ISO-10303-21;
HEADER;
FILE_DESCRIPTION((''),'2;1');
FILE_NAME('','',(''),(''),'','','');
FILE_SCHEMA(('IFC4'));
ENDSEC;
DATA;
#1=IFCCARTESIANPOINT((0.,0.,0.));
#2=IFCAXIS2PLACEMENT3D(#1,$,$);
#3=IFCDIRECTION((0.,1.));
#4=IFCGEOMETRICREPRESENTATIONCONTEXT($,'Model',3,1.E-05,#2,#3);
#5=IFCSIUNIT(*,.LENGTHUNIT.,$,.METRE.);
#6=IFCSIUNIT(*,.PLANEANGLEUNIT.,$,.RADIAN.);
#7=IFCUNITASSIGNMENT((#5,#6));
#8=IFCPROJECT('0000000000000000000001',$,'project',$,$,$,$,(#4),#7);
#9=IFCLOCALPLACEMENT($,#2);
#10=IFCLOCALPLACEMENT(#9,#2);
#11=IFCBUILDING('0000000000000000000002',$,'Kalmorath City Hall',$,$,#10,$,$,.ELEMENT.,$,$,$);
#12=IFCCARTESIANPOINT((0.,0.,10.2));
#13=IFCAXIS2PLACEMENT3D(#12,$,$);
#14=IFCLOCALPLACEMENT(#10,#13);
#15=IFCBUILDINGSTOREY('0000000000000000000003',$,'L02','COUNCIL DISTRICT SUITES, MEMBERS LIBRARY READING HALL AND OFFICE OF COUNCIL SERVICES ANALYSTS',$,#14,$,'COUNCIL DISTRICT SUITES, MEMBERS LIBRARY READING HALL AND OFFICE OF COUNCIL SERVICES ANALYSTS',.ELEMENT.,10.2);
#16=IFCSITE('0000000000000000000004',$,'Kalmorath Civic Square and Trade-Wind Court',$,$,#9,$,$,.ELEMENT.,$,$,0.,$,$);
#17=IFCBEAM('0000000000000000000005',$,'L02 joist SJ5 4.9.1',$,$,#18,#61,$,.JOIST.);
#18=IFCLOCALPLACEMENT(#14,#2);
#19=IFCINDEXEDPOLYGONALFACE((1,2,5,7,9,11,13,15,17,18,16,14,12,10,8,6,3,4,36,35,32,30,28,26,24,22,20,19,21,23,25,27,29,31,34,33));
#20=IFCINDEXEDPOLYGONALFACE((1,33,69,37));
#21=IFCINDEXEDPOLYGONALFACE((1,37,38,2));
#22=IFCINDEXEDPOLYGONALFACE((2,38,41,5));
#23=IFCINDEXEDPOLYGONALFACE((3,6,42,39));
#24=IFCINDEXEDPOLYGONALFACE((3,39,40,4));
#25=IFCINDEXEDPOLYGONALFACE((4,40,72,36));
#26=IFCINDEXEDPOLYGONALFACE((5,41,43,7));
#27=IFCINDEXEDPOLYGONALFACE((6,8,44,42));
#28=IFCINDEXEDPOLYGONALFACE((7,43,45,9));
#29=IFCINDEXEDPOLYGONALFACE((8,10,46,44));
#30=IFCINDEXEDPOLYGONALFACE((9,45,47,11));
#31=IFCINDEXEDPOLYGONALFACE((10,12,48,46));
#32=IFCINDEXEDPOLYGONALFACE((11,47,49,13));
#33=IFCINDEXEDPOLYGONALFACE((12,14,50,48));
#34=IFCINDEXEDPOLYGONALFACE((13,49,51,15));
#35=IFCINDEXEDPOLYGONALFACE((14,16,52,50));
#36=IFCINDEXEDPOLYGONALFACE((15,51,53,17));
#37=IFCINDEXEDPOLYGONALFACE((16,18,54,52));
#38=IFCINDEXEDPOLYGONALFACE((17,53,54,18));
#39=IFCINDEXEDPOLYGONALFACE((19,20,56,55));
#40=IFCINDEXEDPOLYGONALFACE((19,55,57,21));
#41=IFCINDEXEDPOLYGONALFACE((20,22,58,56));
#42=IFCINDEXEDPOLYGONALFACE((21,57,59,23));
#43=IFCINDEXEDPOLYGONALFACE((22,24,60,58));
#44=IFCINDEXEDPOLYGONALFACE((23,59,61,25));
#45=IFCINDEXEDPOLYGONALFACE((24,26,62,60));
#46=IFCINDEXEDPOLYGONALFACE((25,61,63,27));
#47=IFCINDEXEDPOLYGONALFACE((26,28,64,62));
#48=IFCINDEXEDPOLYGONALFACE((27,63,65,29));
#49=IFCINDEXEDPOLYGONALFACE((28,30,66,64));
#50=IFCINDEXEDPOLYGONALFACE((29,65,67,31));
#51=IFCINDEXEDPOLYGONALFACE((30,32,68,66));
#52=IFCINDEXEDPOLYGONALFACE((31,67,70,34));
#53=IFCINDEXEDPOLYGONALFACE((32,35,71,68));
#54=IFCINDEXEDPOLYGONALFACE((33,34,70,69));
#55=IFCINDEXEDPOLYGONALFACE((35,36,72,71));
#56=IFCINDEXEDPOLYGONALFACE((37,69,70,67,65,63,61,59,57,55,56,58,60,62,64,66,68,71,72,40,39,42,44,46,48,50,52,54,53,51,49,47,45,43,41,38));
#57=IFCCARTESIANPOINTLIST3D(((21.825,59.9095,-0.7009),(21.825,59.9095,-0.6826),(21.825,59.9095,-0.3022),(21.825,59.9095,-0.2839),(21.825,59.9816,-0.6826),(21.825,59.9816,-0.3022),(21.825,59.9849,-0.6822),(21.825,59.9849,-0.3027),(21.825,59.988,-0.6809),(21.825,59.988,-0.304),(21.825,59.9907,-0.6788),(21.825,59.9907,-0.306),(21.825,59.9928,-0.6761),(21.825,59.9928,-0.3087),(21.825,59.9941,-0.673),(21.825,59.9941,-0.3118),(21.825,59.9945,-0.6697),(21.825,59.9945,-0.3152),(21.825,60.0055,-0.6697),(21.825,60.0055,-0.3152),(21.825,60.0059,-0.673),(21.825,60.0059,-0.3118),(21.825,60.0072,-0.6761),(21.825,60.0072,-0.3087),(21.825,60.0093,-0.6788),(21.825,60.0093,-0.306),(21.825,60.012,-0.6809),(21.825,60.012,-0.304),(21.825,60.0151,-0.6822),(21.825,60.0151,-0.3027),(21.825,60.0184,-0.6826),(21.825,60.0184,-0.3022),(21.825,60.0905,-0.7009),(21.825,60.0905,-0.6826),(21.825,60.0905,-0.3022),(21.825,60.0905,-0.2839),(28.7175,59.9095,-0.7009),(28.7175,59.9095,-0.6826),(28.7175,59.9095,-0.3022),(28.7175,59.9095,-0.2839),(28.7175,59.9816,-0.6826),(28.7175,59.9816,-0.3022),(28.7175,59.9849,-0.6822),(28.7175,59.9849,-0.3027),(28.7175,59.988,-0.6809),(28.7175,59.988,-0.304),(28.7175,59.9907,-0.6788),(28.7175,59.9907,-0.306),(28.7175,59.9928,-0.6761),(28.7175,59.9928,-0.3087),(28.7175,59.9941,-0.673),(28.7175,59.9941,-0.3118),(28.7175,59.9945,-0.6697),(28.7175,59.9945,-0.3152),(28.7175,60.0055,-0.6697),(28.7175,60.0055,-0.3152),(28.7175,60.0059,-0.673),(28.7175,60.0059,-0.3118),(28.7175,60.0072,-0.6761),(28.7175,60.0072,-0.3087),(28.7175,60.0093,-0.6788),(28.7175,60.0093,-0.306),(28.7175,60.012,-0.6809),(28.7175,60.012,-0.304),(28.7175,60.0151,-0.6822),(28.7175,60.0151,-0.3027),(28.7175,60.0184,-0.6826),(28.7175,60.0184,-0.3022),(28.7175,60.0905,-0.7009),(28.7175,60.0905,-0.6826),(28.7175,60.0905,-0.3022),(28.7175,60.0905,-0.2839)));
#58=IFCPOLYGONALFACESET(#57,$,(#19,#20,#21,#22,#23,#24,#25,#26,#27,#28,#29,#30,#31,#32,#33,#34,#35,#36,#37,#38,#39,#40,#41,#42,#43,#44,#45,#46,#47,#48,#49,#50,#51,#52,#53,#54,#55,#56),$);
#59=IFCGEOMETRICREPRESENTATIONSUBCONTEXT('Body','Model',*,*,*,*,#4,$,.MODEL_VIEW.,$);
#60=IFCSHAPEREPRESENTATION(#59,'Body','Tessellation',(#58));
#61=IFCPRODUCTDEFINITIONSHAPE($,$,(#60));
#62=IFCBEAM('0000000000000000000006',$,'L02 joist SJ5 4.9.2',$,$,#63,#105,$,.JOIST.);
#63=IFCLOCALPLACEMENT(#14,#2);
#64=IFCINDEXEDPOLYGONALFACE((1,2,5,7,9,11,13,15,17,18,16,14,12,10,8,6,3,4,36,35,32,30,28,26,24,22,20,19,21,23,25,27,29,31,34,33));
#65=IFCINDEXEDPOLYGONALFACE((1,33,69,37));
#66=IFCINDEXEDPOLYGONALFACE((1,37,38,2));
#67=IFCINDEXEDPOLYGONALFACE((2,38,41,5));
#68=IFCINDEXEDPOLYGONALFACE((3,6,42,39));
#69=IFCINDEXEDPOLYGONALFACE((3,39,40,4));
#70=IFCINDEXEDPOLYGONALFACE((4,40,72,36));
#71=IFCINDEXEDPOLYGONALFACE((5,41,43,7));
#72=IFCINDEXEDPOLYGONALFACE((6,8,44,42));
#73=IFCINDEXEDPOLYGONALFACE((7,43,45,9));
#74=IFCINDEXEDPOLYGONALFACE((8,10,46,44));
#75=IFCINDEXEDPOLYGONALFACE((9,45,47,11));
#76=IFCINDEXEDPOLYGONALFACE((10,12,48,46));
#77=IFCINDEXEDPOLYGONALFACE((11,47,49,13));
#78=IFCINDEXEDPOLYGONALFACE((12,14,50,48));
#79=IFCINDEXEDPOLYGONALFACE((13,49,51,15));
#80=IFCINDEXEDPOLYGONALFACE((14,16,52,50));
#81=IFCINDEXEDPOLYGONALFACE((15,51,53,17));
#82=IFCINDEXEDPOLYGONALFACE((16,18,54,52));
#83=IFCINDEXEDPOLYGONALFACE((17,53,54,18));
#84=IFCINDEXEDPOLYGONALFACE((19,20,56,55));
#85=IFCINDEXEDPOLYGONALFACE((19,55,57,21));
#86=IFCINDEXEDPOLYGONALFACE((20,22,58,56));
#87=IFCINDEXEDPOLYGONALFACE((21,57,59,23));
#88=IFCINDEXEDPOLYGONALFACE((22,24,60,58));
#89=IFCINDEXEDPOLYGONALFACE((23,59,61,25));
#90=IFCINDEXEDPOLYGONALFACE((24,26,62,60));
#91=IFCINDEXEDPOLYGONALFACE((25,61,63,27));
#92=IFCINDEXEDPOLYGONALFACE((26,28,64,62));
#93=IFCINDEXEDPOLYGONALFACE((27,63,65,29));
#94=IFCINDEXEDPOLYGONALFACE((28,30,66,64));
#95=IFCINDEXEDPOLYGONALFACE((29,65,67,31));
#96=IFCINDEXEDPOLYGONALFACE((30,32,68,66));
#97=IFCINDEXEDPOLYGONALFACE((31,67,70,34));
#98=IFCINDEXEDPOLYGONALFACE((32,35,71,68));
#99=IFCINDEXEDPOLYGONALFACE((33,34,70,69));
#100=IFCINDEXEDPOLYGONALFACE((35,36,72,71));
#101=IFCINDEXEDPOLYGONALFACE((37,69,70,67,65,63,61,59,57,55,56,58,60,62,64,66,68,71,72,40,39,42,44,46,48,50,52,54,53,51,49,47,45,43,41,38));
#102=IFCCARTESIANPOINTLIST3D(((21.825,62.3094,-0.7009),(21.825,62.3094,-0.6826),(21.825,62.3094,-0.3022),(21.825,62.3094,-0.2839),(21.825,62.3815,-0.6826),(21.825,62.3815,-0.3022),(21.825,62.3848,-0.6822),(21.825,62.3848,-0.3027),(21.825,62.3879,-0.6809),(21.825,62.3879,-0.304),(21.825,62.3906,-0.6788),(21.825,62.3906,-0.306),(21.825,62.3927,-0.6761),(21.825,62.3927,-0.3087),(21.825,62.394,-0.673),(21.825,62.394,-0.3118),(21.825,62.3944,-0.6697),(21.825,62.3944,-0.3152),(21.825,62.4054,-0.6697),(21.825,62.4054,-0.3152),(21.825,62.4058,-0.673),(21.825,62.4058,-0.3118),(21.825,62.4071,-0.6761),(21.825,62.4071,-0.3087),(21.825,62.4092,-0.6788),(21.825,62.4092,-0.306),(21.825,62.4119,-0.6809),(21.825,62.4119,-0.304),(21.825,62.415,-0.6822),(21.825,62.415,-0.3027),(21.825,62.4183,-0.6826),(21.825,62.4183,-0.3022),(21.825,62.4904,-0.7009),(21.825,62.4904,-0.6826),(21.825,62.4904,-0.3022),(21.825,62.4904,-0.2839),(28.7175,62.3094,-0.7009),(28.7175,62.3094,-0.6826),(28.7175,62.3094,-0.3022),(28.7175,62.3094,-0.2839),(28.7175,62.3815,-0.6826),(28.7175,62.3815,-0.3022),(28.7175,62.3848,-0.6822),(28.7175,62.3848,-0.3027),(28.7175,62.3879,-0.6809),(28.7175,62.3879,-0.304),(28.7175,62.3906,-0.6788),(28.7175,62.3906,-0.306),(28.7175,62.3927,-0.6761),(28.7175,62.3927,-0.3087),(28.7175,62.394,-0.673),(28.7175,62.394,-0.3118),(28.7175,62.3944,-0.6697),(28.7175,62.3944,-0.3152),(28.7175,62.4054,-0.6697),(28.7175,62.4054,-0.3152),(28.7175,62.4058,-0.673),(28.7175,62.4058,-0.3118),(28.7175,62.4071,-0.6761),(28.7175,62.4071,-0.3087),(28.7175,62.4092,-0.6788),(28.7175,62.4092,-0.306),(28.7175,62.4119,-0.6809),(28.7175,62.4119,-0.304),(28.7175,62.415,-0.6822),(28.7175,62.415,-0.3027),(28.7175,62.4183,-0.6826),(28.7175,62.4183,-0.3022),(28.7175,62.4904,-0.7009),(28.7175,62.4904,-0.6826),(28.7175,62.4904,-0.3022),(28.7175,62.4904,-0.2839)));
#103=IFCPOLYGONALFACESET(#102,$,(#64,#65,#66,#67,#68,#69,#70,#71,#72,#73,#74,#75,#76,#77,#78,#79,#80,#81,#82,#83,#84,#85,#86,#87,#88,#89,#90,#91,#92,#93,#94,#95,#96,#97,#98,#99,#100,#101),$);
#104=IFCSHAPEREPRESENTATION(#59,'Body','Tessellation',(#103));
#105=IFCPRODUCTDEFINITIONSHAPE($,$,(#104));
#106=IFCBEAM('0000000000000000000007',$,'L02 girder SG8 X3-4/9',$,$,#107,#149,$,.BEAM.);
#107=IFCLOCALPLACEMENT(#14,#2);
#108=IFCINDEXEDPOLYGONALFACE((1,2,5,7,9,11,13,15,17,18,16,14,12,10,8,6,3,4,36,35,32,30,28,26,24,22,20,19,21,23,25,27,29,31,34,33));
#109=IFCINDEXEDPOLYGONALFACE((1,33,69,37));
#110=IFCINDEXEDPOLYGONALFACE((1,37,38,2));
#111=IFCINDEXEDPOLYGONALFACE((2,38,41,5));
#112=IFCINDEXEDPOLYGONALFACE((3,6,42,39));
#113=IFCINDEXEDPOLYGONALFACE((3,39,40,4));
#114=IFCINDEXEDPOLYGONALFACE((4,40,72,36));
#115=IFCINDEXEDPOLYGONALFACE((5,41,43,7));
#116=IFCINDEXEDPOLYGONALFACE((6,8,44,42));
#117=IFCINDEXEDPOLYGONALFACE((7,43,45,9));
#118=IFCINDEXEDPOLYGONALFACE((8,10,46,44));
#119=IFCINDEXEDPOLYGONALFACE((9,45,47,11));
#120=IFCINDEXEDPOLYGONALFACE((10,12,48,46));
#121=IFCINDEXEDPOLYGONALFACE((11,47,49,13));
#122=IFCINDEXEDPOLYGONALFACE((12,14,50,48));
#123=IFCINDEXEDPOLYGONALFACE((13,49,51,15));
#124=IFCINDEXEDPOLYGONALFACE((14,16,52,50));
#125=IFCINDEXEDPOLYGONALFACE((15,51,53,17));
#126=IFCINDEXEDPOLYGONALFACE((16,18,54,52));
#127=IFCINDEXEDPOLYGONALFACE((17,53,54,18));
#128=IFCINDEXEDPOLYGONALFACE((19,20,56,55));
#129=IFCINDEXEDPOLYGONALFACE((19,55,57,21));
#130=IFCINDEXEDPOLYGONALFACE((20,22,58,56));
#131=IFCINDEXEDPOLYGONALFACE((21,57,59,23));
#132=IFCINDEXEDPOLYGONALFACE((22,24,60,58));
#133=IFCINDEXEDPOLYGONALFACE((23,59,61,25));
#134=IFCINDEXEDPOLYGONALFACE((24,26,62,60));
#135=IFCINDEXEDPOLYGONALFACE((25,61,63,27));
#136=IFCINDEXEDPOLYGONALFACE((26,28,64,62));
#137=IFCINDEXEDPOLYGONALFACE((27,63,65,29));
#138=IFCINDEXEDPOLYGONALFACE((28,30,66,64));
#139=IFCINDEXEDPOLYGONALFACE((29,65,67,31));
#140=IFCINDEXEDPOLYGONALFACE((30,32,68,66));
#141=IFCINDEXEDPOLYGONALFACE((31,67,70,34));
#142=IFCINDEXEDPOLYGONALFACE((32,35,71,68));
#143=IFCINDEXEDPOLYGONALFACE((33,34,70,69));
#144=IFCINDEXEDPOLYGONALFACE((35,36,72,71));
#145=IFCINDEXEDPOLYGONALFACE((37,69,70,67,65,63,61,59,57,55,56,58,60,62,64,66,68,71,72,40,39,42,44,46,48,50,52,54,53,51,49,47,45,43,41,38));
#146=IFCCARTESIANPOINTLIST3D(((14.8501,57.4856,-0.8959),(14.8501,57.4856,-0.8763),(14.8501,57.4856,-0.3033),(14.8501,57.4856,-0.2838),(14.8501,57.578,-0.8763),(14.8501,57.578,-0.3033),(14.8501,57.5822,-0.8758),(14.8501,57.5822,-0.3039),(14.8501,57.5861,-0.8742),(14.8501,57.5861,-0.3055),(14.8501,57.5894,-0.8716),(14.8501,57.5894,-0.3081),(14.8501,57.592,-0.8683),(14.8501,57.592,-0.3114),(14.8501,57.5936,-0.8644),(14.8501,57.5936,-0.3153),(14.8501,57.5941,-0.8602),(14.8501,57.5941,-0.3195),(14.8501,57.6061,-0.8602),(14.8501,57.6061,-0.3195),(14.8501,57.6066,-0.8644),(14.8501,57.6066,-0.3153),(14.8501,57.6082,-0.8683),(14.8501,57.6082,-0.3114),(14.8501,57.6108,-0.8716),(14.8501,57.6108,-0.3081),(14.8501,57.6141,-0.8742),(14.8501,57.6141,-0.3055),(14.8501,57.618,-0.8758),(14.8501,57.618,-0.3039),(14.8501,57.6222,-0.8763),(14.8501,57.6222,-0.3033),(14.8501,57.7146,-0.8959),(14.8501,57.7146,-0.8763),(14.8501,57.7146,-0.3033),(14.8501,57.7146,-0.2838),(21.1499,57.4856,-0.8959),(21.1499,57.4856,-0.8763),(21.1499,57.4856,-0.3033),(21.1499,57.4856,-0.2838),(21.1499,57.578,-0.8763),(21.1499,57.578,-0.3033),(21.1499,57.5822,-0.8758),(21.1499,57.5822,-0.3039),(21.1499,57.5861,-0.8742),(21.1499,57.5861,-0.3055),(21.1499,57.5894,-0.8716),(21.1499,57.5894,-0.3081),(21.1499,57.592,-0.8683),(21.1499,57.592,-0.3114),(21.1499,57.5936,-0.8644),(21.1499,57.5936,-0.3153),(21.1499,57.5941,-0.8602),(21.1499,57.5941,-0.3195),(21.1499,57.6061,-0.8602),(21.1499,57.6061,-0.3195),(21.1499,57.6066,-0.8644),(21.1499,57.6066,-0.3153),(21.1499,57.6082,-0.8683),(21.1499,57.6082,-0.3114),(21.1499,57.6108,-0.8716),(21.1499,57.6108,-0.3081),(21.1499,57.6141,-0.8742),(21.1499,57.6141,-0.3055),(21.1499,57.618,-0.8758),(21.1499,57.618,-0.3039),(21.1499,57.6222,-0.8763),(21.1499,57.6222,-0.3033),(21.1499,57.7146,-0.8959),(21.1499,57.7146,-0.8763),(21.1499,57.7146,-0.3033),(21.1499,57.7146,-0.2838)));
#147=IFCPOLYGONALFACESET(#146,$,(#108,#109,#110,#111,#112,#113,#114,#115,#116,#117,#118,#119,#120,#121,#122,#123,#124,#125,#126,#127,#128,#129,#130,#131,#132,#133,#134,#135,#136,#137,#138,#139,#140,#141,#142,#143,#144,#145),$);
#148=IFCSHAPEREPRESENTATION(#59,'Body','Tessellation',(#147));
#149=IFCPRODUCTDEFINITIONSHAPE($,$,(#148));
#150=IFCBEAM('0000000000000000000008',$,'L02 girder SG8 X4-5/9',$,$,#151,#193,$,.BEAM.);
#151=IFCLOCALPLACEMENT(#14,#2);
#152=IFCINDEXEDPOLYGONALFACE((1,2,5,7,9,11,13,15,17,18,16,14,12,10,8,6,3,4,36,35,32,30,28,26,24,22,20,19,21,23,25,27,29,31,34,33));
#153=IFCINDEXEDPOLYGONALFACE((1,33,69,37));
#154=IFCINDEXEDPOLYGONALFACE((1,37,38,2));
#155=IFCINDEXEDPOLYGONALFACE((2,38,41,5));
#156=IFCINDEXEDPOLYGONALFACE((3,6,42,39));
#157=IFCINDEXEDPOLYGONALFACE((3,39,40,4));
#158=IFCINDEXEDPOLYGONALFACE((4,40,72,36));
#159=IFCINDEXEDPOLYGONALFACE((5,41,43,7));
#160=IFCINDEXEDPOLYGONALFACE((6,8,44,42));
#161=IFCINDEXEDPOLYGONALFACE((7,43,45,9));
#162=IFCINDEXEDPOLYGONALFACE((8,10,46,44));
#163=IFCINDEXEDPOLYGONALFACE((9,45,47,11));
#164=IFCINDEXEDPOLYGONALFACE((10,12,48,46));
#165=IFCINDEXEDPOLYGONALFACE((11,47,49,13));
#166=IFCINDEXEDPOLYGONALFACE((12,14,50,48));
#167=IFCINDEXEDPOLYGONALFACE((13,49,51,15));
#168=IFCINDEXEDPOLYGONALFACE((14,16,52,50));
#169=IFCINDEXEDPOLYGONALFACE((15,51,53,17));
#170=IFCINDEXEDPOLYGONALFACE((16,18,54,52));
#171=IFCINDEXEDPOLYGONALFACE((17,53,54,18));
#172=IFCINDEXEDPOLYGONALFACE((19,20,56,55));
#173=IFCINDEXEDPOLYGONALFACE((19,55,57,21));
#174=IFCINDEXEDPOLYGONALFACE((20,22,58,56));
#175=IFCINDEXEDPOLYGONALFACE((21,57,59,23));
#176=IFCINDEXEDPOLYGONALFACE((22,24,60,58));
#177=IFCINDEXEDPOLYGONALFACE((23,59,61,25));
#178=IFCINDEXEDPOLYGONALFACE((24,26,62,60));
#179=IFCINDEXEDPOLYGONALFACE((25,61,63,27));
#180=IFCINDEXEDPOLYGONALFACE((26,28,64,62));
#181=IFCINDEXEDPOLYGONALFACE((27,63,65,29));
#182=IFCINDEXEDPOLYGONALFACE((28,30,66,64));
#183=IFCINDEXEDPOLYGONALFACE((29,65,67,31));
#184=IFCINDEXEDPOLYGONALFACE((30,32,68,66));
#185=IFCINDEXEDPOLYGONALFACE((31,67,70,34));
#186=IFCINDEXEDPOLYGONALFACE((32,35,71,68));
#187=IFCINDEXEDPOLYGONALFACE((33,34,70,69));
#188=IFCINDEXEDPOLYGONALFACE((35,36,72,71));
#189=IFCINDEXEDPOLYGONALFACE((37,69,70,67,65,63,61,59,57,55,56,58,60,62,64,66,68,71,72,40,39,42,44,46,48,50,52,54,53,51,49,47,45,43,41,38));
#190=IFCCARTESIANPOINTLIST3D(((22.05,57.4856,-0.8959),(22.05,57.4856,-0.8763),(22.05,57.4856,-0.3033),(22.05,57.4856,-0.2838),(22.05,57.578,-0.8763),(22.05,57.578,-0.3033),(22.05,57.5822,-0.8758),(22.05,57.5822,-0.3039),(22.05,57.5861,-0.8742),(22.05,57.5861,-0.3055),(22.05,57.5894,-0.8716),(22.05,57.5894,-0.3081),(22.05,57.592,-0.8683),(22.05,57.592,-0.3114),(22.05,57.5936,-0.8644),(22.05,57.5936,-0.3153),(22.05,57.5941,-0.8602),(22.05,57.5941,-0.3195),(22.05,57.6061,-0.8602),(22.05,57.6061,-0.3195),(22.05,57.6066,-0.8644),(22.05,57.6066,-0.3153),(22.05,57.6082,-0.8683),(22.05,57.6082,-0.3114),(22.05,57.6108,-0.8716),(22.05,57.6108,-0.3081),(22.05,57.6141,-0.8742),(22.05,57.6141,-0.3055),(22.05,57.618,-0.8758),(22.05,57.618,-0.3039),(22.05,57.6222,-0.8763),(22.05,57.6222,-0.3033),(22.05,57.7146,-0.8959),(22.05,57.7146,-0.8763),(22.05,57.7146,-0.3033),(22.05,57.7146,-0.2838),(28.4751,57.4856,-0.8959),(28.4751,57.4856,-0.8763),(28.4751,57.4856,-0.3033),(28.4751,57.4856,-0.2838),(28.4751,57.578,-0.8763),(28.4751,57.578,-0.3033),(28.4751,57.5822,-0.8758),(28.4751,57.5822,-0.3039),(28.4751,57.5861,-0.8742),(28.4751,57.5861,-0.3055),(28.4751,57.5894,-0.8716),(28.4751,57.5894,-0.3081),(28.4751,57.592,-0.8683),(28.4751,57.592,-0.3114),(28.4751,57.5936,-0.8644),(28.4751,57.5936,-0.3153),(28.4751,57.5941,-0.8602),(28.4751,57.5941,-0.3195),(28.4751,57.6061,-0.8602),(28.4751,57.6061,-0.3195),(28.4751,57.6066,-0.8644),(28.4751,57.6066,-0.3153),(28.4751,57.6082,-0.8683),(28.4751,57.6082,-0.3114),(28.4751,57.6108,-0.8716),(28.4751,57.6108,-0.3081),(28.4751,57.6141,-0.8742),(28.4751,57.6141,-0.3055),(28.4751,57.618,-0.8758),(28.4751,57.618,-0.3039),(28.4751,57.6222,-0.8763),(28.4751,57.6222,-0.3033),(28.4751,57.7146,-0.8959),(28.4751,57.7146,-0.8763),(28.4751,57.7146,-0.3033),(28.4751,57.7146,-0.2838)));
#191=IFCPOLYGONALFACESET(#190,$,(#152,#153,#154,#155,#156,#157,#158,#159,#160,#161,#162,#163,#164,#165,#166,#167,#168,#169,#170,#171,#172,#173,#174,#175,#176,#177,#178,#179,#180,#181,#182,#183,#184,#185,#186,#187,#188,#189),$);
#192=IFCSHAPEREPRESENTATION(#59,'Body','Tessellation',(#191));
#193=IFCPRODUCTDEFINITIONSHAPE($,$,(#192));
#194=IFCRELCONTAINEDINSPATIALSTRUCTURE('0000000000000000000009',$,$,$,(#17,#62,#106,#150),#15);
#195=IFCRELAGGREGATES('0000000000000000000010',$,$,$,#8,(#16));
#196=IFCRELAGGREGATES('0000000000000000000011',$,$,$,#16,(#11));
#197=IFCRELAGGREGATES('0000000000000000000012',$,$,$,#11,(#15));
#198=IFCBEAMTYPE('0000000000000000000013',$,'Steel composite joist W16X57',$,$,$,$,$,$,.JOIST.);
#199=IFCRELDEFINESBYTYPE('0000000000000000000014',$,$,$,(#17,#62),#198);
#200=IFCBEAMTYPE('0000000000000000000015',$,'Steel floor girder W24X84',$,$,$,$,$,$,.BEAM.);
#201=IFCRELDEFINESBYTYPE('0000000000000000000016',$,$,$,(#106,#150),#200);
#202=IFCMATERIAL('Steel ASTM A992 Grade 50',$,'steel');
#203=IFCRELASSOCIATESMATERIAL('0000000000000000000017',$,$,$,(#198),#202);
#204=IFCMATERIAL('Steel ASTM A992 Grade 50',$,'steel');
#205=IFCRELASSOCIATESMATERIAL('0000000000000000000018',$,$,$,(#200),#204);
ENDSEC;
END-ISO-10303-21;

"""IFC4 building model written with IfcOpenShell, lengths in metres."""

from ifc_helpers import new_model, si_unit, direction, frame, origin, origin_2d, place, context, subcontext, project, spatial, i_section, extrude, material, material_profile, profile_set, type_object, element, save


model = new_model("IFC4")

# Units and contexts
model_context = context("Model", 3, precision=1e-05, world=origin(), true_north=direction((0.0, 1.0)))
body_context = subcontext(model_context, "Body", "Model", "MODEL_VIEW")
ifc_project = project(units=[si_unit("LENGTHUNIT", "METRE"), si_unit("PLANEANGLEUNIT", "RADIAN")], contexts=[model_context])

# Site, building, storey
site_placement = place(None, origin())
site = spatial("IfcSite", under=ifc_project, at=site_placement, Name="Kalmorath Civic Square and Trade-Wind Court", CompositionType="ELEMENT", RefElevation=0.0)
building_placement = place(site_placement, origin())
building = spatial("IfcBuilding", under=site, at=building_placement, Name="Kalmorath City Hall", CompositionType="ELEMENT")
storey_placement = place(building_placement, frame((0.0, 0.0, 10.2)))
storey = spatial("IfcBuildingStorey", under=building, at=storey_placement, Name="L02", Description="COUNCIL DISTRICT SUITES, MEMBERS LIBRARY READING HALL AND OFFICE OF COUNCIL SERVICES ANALYSTS", LongName="COUNCIL DISTRICT SUITES, MEMBERS LIBRARY READING HALL AND OFFICE OF COUNCIL SERVICES ANALYSTS", CompositionType="ELEMENT", Elevation=10.2)

# Beams
ifc_material_1 = material(Name="Steel ASTM A992 Grade 50", Category="steel")
ifc_material_profile_1 = material_profile(ifc_material_1, i_section(OverallWidth=0.1809, OverallDepth=0.417, WebThickness=0.011, FlangeThickness=0.0183, FilletRadius=0.0129, at=origin_2d()), Name="W16X57")
ifc_profile_set_1 = profile_set([ifc_material_profile_1], Name="Steel ASTM A992 Grade 50")
beam_type_1 = type_object("IfcBeamType", Name="Steel composite joist W16X57", PredefinedType="JOIST", material=ifc_profile_set_1)
for number, where, z_axis, x_axis, name in (
    (1, (21.825, 60.0, -0.4924), (1.0, 0.0, 0.0), (0.0, 1.0, 0.0), "L02 joist SJ5 4.9.1"),
    (2, (21.825, 62.3999, -0.4924), (1.0, 0.0, 0.0), (0.0, 1.0, 0.0), "L02 joist SJ5 4.9.2"),
):
    element("IfcBeam", number, at=place(storey_placement, frame(where, z_axis=z_axis, x_axis=x_axis)), inside=storey, type_object=beam_type_1, Name=name, PredefinedType="JOIST", context=body_context, shape_type="SweptSolid", body=[
        extrude(i_section(OverallWidth=0.1809, OverallDepth=0.417, WebThickness=0.011, FlangeThickness=0.0183, FilletRadius=0.0129, at=origin_2d()), origin(), (0.0, 0.0, 1.0), 6.8926),
    ])
ifc_material_2 = material(Name="Steel ASTM A992 Grade 50", Category="steel")
ifc_material_profile_2 = material_profile(ifc_material_2, i_section(OverallWidth=0.229, OverallDepth=0.6121, WebThickness=0.012, FlangeThickness=0.0195, FilletRadius=0.0161, at=origin_2d()), Name="W24X84")
ifc_profile_set_2 = profile_set([ifc_material_profile_2], Name="Steel ASTM A992 Grade 50")
beam_type_2 = type_object("IfcBeamType", Name="Steel floor girder W24X84", PredefinedType="BEAM", material=ifc_profile_set_2)
beam_1_placement = place(storey_placement, frame((14.8501, 57.6001, -0.5898), z_axis=(1.0, 0.0, 0.0), x_axis=(0.0, 1.0, 0.0)))
element("IfcBeam", 3, at=beam_1_placement, inside=storey, type_object=beam_type_2, Name="L02 girder SG8 X3-4/9", PredefinedType="BEAM", context=body_context, shape_type="SweptSolid", body=[
    extrude(i_section(OverallWidth=0.229, OverallDepth=0.6121, WebThickness=0.012, FlangeThickness=0.0195, FilletRadius=0.0161, at=origin_2d()), origin(), (0.0, 0.0, 1.0), 6.2998),
])
beam_2_placement = place(storey_placement, frame((22.05, 57.6001, -0.5898), z_axis=(1.0, 0.0, 0.0), x_axis=(0.0, 1.0, 0.0)))
element("IfcBeam", 4, at=beam_2_placement, inside=storey, type_object=beam_type_2, Name="L02 girder SG8 X4-5/9", PredefinedType="BEAM", context=body_context, shape_type="SweptSolid", body=[
    extrude(i_section(OverallWidth=0.229, OverallDepth=0.6121, WebThickness=0.012, FlangeThickness=0.0195, FilletRadius=0.0161, at=origin_2d()), origin(), (0.0, 0.0, 1.0), 6.425),
])

save(model, "model.ifc")
